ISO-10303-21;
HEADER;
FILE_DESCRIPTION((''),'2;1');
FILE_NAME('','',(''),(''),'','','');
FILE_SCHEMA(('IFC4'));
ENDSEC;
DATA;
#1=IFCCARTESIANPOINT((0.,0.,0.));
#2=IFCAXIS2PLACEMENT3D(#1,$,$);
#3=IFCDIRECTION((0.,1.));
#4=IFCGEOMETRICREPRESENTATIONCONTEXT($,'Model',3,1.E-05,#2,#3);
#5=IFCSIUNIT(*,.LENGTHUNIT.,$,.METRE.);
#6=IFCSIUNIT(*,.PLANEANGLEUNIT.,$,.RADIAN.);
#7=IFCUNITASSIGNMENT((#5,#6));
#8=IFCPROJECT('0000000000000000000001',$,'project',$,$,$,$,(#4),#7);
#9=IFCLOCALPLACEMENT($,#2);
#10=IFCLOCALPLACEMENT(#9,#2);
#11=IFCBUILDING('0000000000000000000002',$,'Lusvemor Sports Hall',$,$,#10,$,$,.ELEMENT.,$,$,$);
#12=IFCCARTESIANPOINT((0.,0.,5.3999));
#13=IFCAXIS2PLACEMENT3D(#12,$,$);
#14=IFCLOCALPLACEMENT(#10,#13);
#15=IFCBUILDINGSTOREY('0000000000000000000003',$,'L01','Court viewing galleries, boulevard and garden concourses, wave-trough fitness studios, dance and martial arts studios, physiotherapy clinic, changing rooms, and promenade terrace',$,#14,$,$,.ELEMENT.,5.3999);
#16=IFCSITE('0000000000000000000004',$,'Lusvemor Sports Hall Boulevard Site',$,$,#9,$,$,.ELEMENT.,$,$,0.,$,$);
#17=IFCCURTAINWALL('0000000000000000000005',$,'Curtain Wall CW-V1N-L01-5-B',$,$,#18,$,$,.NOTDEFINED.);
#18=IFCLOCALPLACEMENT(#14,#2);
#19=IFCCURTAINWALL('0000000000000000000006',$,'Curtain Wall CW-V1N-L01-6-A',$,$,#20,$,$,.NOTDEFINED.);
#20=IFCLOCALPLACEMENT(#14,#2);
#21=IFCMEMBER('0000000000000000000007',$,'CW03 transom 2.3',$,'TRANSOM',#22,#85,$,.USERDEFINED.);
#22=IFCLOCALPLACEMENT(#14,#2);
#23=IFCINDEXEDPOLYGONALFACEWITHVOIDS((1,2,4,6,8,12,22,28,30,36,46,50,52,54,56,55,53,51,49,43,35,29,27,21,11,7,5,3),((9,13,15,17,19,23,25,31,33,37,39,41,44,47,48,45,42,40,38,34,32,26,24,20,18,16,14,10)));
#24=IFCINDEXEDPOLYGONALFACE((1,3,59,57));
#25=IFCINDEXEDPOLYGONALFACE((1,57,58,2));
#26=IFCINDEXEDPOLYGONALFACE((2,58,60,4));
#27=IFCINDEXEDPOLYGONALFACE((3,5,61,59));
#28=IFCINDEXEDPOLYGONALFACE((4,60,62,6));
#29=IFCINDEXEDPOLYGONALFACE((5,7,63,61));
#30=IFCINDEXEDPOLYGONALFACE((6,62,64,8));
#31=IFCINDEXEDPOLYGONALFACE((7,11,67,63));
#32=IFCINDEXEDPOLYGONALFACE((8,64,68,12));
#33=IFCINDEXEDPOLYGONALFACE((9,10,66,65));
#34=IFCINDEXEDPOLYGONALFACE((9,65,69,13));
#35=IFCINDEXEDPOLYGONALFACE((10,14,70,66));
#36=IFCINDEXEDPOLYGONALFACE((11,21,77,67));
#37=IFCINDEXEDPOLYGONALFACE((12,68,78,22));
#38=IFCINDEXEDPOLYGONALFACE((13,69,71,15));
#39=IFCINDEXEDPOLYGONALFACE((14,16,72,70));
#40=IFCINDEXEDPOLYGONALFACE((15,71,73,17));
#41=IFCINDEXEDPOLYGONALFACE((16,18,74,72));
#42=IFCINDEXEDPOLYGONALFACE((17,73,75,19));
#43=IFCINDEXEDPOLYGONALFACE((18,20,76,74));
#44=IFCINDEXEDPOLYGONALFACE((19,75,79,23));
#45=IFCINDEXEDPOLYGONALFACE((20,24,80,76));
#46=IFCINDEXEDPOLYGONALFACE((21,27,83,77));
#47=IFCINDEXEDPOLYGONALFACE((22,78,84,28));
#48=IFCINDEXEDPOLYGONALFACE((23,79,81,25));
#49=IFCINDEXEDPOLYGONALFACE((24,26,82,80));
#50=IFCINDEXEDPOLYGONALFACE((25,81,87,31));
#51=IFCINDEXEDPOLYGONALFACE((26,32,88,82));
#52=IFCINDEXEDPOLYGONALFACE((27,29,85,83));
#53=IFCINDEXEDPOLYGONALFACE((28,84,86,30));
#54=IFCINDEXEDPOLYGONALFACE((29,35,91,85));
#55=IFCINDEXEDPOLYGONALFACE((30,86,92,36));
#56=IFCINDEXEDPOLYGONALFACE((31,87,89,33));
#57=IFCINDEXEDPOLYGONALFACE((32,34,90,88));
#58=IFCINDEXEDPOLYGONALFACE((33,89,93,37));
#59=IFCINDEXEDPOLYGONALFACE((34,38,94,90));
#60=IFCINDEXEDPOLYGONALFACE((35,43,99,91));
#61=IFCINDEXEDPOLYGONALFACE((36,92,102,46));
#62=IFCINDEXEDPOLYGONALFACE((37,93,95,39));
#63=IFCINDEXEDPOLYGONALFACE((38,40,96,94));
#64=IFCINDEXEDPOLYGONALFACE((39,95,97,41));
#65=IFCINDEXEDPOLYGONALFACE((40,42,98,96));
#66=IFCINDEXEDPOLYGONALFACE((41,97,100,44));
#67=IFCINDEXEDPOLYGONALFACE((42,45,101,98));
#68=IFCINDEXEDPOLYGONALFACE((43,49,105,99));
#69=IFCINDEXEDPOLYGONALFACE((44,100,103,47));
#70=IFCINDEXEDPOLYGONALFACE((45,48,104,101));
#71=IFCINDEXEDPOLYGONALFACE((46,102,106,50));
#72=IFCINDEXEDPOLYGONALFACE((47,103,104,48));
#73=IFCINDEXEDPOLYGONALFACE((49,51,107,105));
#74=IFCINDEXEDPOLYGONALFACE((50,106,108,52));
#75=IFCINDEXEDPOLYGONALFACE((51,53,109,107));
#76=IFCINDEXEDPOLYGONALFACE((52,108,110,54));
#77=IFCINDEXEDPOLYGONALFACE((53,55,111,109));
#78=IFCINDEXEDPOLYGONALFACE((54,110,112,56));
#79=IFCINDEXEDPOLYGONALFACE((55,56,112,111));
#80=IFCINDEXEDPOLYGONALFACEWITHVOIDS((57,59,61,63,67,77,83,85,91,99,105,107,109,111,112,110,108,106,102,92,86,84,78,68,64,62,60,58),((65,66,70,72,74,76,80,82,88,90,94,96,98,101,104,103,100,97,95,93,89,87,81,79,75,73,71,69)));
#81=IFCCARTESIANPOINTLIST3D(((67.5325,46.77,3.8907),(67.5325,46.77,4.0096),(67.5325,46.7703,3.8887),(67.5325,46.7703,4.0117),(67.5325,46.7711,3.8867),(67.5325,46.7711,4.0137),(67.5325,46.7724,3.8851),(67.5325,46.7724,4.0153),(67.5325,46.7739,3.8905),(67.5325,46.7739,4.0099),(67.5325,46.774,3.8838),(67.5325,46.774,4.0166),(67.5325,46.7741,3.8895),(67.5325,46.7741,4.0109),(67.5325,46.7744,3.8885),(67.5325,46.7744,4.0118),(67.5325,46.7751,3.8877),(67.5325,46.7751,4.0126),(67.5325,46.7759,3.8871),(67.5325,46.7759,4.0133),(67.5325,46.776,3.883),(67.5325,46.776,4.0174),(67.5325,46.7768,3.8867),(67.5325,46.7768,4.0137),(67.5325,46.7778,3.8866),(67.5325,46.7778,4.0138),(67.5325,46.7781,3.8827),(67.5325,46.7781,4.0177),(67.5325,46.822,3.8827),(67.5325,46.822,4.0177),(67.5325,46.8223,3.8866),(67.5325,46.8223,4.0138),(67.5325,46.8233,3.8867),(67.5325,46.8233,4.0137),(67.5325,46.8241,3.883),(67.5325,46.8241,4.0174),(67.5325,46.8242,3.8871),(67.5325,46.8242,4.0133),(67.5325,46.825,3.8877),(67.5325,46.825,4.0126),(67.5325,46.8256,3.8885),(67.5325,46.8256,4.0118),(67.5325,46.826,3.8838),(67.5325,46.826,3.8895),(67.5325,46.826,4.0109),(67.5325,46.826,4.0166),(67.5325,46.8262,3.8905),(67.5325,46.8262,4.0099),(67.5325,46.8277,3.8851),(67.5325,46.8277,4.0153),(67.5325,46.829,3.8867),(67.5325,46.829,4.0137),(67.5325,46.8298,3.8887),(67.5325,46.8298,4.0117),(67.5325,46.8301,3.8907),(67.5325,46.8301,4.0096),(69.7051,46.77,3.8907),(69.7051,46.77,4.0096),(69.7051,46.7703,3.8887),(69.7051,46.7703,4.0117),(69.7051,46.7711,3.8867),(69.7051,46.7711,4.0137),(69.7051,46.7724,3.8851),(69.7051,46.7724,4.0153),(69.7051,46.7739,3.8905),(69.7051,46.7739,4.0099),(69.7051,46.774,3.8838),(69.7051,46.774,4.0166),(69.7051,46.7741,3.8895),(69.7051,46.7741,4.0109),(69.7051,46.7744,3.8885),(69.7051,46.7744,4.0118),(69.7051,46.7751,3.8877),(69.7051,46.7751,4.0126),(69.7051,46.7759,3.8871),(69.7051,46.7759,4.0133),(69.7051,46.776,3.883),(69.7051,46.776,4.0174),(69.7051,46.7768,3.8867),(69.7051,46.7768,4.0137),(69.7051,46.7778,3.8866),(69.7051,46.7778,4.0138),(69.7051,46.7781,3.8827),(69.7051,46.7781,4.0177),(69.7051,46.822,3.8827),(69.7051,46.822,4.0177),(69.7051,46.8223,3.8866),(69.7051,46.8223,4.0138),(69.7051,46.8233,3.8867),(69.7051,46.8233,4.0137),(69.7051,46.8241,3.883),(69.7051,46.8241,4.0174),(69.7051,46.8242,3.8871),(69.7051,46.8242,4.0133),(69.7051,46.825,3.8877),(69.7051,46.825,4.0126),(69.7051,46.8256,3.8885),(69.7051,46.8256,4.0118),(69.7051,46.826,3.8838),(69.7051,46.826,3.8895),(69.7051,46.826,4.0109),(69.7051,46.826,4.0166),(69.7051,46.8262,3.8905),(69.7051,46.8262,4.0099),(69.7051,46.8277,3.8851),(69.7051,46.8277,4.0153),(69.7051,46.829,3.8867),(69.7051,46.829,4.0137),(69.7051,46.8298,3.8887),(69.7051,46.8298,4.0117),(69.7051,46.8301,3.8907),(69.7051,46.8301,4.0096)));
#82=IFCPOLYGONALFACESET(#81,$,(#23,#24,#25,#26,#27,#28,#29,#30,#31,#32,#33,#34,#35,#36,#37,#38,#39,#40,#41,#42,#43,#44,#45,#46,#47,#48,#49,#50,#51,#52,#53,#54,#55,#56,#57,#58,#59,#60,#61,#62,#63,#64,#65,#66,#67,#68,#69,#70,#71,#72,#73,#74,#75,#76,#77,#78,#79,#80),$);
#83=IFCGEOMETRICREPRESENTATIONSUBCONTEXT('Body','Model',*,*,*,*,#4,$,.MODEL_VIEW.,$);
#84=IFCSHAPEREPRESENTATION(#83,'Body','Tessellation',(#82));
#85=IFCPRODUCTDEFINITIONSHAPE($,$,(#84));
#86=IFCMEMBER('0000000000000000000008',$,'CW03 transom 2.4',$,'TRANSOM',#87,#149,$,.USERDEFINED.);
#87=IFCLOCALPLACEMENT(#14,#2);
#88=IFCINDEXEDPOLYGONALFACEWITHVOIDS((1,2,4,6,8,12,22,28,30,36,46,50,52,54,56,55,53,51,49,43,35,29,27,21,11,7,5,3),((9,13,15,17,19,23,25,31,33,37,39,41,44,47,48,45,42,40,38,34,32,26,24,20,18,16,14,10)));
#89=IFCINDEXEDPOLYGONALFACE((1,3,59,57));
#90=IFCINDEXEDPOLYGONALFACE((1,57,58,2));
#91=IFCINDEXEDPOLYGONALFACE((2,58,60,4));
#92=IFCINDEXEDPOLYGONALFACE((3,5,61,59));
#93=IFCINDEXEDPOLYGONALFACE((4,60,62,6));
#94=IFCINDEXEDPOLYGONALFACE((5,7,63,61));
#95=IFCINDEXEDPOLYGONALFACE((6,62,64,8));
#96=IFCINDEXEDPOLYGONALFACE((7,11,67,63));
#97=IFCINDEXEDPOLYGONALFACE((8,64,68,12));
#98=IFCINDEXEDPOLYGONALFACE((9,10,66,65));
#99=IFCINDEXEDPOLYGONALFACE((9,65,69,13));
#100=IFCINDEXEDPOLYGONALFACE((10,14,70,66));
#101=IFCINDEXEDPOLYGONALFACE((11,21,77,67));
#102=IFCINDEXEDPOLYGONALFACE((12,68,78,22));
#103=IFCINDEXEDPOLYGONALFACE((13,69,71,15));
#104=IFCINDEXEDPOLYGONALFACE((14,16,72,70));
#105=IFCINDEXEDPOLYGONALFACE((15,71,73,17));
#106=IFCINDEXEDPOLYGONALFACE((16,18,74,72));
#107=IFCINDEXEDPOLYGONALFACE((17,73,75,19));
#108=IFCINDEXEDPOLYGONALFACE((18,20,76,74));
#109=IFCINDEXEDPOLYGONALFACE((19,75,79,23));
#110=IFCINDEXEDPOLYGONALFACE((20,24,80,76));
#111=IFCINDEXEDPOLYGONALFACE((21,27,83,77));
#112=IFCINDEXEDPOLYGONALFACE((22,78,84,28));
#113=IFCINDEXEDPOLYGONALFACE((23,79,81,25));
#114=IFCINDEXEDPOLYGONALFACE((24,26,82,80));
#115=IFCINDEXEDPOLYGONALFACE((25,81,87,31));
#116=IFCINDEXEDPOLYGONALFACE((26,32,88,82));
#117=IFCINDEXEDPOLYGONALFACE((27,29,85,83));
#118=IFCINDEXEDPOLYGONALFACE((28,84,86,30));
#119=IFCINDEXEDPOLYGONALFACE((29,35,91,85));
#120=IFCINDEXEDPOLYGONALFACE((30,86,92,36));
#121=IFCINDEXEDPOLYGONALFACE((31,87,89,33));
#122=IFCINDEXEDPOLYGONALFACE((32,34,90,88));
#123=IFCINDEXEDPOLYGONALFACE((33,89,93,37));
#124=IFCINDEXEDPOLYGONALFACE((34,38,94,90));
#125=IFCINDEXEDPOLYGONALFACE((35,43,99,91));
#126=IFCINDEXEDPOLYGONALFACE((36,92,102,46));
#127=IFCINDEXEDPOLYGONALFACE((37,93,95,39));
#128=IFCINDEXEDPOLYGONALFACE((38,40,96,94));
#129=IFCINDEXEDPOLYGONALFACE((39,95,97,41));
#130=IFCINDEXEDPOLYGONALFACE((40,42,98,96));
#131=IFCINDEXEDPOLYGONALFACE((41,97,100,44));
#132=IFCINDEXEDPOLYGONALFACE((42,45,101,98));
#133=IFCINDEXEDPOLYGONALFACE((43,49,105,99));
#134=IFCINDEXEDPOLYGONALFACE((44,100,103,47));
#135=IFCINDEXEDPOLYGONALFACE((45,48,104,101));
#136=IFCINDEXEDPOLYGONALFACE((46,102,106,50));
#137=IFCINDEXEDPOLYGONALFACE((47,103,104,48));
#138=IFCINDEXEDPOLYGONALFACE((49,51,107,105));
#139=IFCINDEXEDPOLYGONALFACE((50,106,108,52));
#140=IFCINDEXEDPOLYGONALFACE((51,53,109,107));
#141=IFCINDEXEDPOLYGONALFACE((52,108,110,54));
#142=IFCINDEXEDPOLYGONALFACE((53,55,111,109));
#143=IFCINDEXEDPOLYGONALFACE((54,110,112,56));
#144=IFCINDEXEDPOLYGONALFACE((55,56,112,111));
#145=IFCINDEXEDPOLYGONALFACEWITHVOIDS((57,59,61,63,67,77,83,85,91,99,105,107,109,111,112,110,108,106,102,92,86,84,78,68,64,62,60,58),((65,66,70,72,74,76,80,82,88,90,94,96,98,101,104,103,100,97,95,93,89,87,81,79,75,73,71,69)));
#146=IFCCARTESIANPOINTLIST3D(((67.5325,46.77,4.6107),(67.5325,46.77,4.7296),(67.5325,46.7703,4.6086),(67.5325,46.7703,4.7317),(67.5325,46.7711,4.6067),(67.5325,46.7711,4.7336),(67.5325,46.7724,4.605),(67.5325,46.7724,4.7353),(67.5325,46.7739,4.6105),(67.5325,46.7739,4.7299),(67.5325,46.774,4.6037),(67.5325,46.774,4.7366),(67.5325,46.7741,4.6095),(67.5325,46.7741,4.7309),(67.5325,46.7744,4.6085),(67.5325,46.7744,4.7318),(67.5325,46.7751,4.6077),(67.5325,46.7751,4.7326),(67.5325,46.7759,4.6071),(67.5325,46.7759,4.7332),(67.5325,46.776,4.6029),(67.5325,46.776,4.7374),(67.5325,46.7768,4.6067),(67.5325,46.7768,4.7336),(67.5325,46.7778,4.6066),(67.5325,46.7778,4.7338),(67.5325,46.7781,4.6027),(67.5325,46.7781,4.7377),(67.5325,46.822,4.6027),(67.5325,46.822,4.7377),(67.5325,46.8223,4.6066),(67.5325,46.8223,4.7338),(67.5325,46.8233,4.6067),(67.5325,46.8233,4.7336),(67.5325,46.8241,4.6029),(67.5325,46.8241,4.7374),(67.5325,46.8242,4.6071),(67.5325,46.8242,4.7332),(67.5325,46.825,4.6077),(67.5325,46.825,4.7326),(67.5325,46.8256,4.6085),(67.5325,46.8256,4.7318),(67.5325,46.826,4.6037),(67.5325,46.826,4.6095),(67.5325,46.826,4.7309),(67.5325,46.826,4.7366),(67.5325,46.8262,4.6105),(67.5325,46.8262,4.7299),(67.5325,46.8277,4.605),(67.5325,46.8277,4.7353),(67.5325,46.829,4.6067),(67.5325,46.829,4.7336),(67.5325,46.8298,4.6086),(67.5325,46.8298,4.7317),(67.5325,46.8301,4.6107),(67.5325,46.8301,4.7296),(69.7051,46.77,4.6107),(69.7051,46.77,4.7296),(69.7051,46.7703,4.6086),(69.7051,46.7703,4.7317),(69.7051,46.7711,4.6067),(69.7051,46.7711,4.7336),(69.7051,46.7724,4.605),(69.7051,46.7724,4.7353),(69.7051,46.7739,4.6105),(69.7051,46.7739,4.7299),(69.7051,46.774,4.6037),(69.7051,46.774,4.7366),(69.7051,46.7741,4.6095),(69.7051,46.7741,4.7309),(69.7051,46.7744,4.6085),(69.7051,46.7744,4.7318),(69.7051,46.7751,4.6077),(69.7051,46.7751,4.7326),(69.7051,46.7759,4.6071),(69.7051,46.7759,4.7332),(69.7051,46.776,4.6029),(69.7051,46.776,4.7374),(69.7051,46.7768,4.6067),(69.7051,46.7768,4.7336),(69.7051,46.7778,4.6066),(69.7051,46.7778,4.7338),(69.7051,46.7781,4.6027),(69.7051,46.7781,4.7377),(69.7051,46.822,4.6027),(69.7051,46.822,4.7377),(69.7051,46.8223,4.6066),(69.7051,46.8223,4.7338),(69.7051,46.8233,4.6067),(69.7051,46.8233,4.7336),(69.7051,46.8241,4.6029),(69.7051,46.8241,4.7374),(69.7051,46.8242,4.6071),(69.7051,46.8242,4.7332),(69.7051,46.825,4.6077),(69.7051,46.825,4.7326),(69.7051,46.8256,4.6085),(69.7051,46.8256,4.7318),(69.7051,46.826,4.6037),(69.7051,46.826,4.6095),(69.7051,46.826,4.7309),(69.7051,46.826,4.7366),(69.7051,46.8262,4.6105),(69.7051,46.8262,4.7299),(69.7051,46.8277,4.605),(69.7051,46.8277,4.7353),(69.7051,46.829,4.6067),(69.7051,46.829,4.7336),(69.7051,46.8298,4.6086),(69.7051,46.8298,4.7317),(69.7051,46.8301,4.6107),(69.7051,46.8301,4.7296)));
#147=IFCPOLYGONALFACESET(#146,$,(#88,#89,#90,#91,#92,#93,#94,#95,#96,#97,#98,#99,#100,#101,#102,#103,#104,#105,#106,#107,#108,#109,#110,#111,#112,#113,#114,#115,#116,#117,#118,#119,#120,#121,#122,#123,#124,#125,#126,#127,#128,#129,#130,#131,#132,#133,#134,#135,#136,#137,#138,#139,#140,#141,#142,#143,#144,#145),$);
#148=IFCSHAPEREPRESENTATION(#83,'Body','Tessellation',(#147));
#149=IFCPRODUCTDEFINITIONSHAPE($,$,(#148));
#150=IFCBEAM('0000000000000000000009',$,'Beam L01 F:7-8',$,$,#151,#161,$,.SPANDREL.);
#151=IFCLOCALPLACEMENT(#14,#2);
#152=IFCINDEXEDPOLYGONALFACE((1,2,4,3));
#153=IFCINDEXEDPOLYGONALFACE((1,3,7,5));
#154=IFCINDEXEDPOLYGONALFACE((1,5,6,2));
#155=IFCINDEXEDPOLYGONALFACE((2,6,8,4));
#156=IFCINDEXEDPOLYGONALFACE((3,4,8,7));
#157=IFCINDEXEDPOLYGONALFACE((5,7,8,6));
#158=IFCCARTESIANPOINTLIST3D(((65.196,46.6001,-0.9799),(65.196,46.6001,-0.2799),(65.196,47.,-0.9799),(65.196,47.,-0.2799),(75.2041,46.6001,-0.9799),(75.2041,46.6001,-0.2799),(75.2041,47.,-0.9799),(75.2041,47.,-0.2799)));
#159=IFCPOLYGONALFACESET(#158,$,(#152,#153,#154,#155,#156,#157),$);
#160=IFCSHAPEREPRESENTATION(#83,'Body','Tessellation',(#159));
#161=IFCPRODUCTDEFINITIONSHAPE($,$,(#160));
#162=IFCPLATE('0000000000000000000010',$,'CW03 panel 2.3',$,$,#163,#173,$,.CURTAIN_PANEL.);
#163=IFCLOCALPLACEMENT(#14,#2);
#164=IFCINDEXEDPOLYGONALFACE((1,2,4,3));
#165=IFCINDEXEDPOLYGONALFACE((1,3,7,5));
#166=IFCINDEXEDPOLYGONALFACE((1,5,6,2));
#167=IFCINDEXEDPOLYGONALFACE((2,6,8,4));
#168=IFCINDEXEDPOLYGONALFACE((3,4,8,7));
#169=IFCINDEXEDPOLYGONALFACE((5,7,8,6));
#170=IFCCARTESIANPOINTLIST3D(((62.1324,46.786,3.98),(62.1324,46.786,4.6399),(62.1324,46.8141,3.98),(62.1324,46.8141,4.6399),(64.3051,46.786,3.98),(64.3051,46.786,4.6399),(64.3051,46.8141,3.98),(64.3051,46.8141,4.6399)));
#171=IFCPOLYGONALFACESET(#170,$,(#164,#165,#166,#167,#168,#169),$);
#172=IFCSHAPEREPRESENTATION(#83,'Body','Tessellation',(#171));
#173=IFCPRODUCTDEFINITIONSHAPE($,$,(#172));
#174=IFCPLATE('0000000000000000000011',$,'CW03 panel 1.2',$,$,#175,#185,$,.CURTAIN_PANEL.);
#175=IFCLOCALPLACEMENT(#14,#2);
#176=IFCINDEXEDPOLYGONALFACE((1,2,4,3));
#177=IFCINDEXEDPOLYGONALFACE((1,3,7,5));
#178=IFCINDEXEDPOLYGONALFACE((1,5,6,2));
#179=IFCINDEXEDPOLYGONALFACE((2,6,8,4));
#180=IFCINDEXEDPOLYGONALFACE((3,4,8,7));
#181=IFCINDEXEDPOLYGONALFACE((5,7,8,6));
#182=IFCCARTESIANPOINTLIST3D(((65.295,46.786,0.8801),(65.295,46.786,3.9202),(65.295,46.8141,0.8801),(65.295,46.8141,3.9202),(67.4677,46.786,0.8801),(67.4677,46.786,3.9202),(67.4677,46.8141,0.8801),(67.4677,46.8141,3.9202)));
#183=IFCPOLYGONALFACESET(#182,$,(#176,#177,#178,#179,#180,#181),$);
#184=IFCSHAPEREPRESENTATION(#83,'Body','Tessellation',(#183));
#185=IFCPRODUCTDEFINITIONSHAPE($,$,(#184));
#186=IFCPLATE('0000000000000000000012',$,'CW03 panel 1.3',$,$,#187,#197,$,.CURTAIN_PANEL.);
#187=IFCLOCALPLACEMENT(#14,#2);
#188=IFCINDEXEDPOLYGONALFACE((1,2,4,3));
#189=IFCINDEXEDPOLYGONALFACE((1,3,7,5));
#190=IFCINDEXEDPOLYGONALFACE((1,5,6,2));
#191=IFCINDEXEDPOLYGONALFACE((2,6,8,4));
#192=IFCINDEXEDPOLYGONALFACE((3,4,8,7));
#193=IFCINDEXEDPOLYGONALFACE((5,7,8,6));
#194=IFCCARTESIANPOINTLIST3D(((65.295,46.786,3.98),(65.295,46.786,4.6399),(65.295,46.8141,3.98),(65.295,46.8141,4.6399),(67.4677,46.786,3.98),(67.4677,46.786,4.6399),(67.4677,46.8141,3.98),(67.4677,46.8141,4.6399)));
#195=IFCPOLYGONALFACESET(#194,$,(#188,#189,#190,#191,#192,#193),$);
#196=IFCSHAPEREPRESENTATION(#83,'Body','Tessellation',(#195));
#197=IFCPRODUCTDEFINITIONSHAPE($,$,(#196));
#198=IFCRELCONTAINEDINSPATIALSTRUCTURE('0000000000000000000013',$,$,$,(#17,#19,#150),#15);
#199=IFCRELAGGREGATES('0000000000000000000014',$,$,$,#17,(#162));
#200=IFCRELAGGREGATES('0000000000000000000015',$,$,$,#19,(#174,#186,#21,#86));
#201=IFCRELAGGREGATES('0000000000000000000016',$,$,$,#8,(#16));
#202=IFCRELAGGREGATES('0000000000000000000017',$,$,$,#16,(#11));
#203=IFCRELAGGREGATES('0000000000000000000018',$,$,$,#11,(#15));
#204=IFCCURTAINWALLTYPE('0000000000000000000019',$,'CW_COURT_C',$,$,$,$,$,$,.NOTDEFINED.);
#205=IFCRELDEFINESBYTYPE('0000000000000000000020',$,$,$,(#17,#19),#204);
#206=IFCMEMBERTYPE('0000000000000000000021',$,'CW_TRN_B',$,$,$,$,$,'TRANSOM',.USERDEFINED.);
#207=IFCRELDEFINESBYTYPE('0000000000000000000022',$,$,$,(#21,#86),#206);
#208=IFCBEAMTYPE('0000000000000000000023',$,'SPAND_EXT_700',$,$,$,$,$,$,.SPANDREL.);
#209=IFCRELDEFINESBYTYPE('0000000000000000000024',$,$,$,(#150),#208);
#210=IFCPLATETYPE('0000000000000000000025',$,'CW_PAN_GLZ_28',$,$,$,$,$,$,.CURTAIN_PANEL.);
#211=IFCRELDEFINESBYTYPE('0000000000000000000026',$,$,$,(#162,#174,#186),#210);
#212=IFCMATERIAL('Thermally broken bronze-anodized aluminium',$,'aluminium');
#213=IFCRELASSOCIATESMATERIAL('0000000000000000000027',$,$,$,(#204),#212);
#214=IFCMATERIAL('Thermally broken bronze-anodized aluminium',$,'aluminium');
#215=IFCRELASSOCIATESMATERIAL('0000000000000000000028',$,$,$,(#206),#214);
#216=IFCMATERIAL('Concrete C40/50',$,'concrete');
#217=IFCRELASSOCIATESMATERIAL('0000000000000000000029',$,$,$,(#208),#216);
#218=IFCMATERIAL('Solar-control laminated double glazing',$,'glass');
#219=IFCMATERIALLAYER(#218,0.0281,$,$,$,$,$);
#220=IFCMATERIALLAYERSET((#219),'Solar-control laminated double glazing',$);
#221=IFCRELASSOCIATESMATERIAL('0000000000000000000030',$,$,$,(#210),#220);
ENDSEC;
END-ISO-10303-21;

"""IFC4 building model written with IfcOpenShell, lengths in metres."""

from ifc_helpers import new_model, si_unit, direction, frame, origin, origin_2d, place, context, subcontext, project, spatial, rectangle, hollow_rectangle, extrude, material, layer, layer_set, material_profile, profile_set, type_object, element, aggregate, save


model = new_model("IFC4")

# Units and contexts
model_context = context("Model", 3, precision=1e-05, world=origin(), true_north=direction((0.0, 1.0)))
body_context = subcontext(model_context, "Body", "Model", "MODEL_VIEW")
ifc_project = project(units=[si_unit("LENGTHUNIT", "METRE"), si_unit("PLANEANGLEUNIT", "RADIAN")], contexts=[model_context])

# Site, building, storey
site_placement = place(None, origin())
site = spatial("IfcSite", under=ifc_project, at=site_placement, Name="Lusvemor Sports Hall Boulevard Site", CompositionType="ELEMENT", RefElevation=0.0)
building_placement = place(site_placement, origin())
building = spatial("IfcBuilding", under=site, at=building_placement, Name="Lusvemor Sports Hall", CompositionType="ELEMENT")
storey_placement = place(building_placement, frame((0.0, 0.0, 5.3999)))
storey = spatial("IfcBuildingStorey", under=building, at=storey_placement, Name="L01", Description="Court viewing galleries, boulevard and garden concourses, wave-trough fitness studios, dance and martial arts studios, physiotherapy clinic, changing rooms, and promenade terrace", CompositionType="ELEMENT", Elevation=5.3999)

# Curtain wall
ifc_material_1 = material(Name="Thermally broken bronze-anodized aluminium", Category="aluminium")
curtain_wall_type = type_object("IfcCurtainWallType", Name="CW_COURT_C", PredefinedType="NOTDEFINED", material=ifc_material_1)
curtain_wall_1_placement = place(storey_placement, origin())
curtain_wall_1 = element("IfcCurtainWall", 1, at=curtain_wall_1_placement, inside=storey, type_object=curtain_wall_type, Name="Curtain Wall CW-V1N-L01-5-B", PredefinedType="NOTDEFINED")

# Curtain wall, members
curtain_wall_2_placement = place(storey_placement, origin())
curtain_wall_2 = element("IfcCurtainWall", 2, at=curtain_wall_2_placement, inside=storey, type_object=curtain_wall_type, Name="Curtain Wall CW-V1N-L01-6-A", PredefinedType="NOTDEFINED")
ifc_material_2 = material(Name="Thermally broken bronze-anodized aluminium", Category="aluminium")
ifc_material_profile_1 = material_profile(ifc_material_2, hollow_rectangle(XDim=0.0601, YDim=0.135, WallThickness=0.0039, InnerFilletRadius=0.0039, OuterFilletRadius=0.0081, at=origin_2d()), Name="CWTRN135x60x4")
ifc_profile_set_1 = profile_set([ifc_material_profile_1], Name="Thermally broken bronze-anodized aluminium")
member_type_1 = type_object("IfcMemberType", Name="CW_TRN_B", ElementType="TRANSOM", PredefinedType="USERDEFINED", material=ifc_profile_set_1)
member_1_placement = place(storey_placement, frame((67.5325, 46.8, 3.9502), z_axis=(1.0, 0.0, 0.0), x_axis=(0.0, 1.0, 0.0)))
member_1 = element("IfcMember", 3, at=member_1_placement, type_object=member_type_1, Name="CW03 transom 2.3", ObjectType="TRANSOM", PredefinedType="USERDEFINED", context=body_context, shape_type="SweptSolid", body=[
    extrude(hollow_rectangle(XDim=0.0601, YDim=0.135, WallThickness=0.0039, InnerFilletRadius=0.0039, OuterFilletRadius=0.0081, at=origin_2d()), origin(), (0.0, 0.0, 1.0), 2.1726),
])
member_2_placement = place(storey_placement, frame((67.5325, 46.8, 4.6702), z_axis=(1.0, 0.0, 0.0), x_axis=(0.0, 1.0, 0.0)))
member_2 = element("IfcMember", 4, at=member_2_placement, type_object=member_type_1, Name="CW03 transom 2.4", ObjectType="TRANSOM", PredefinedType="USERDEFINED", context=body_context, shape_type="SweptSolid", body=[
    extrude(hollow_rectangle(XDim=0.0601, YDim=0.135, WallThickness=0.0039, InnerFilletRadius=0.0039, OuterFilletRadius=0.0081, at=origin_2d()), origin(), (0.0, 0.0, 1.0), 2.1726),
])

# Beam
ifc_material_3 = material(Name="Concrete C40/50", Category="concrete")
ifc_material_profile_2 = material_profile(ifc_material_3, rectangle(XDim=0.3999, YDim=0.7, at=origin_2d()), Name="RC400x700")
ifc_profile_set_2 = profile_set([ifc_material_profile_2], Name="Concrete C40/50")
beam_type = type_object("IfcBeamType", Name="SPAND_EXT_700", PredefinedType="SPANDREL", material=ifc_profile_set_2)
beam_placement = place(storey_placement, frame((65.196, 46.8, -0.6299), z_axis=(1.0, 0.0, 0.0), x_axis=(0.0, 1.0, 0.0)))
element("IfcBeam", 5, at=beam_placement, inside=storey, type_object=beam_type, Name="Beam L01 F:7-8", PredefinedType="SPANDREL", context=body_context, shape_type="SweptSolid", body=[
    extrude(rectangle(XDim=0.3999, YDim=0.7, at=origin_2d()), origin(), (0.0, 0.0, 1.0), 10.0081),
])

# Plates
ifc_material_4 = material(Name="Solar-control laminated double glazing", Category="glass")
ifc_layer_1 = layer(ifc_material_4, 0.0281)
ifc_layer_set_1 = layer_set([ifc_layer_1], Name="Solar-control laminated double glazing")
plate_type_1 = type_object("IfcPlateType", Name="CW_PAN_GLZ_28", PredefinedType="CURTAIN_PANEL", material=ifc_layer_set_1)
plate_1_placement = place(storey_placement, frame((63.2188, 46.8, 3.98), z_axis=(0.0, 0.0, 1.0), x_axis=(1.0, 0.0, 0.0)))
plate_1 = element("IfcPlate", 6, at=plate_1_placement, type_object=plate_type_1, Name="CW03 panel 2.3", PredefinedType="CURTAIN_PANEL", context=body_context, shape_type="SweptSolid", body=[
    extrude(rectangle(XDim=2.1726, YDim=0.0281, at=origin_2d()), origin(), (0.0, 0.0, 1.0), 0.6599),
])
aggregate(curtain_wall_1, [plate_1])
plate_2_placement = place(storey_placement, frame((66.3813, 46.8, 0.8801), z_axis=(0.0, 0.0, 1.0), x_axis=(1.0, 0.0, 0.0)))
plate_2 = element("IfcPlate", 7, at=plate_2_placement, type_object=plate_type_1, Name="CW03 panel 1.2", PredefinedType="CURTAIN_PANEL", context=body_context, shape_type="SweptSolid", body=[
    extrude(rectangle(XDim=2.1726, YDim=0.0281, at=origin_2d()), origin(), (0.0, 0.0, 1.0), 3.04),
])
plate_3_placement = place(storey_placement, frame((66.3813, 46.8, 3.98), z_axis=(0.0, 0.0, 1.0), x_axis=(1.0, 0.0, 0.0)))
plate_3 = element("IfcPlate", 8, at=plate_3_placement, type_object=plate_type_1, Name="CW03 panel 1.3", PredefinedType="CURTAIN_PANEL", context=body_context, shape_type="SweptSolid", body=[
    extrude(rectangle(XDim=2.1726, YDim=0.0281, at=origin_2d()), origin(), (0.0, 0.0, 1.0), 0.6599),
])
aggregate(curtain_wall_2, [plate_2, plate_3, member_1, member_2])

save(model, "model.ifc")
